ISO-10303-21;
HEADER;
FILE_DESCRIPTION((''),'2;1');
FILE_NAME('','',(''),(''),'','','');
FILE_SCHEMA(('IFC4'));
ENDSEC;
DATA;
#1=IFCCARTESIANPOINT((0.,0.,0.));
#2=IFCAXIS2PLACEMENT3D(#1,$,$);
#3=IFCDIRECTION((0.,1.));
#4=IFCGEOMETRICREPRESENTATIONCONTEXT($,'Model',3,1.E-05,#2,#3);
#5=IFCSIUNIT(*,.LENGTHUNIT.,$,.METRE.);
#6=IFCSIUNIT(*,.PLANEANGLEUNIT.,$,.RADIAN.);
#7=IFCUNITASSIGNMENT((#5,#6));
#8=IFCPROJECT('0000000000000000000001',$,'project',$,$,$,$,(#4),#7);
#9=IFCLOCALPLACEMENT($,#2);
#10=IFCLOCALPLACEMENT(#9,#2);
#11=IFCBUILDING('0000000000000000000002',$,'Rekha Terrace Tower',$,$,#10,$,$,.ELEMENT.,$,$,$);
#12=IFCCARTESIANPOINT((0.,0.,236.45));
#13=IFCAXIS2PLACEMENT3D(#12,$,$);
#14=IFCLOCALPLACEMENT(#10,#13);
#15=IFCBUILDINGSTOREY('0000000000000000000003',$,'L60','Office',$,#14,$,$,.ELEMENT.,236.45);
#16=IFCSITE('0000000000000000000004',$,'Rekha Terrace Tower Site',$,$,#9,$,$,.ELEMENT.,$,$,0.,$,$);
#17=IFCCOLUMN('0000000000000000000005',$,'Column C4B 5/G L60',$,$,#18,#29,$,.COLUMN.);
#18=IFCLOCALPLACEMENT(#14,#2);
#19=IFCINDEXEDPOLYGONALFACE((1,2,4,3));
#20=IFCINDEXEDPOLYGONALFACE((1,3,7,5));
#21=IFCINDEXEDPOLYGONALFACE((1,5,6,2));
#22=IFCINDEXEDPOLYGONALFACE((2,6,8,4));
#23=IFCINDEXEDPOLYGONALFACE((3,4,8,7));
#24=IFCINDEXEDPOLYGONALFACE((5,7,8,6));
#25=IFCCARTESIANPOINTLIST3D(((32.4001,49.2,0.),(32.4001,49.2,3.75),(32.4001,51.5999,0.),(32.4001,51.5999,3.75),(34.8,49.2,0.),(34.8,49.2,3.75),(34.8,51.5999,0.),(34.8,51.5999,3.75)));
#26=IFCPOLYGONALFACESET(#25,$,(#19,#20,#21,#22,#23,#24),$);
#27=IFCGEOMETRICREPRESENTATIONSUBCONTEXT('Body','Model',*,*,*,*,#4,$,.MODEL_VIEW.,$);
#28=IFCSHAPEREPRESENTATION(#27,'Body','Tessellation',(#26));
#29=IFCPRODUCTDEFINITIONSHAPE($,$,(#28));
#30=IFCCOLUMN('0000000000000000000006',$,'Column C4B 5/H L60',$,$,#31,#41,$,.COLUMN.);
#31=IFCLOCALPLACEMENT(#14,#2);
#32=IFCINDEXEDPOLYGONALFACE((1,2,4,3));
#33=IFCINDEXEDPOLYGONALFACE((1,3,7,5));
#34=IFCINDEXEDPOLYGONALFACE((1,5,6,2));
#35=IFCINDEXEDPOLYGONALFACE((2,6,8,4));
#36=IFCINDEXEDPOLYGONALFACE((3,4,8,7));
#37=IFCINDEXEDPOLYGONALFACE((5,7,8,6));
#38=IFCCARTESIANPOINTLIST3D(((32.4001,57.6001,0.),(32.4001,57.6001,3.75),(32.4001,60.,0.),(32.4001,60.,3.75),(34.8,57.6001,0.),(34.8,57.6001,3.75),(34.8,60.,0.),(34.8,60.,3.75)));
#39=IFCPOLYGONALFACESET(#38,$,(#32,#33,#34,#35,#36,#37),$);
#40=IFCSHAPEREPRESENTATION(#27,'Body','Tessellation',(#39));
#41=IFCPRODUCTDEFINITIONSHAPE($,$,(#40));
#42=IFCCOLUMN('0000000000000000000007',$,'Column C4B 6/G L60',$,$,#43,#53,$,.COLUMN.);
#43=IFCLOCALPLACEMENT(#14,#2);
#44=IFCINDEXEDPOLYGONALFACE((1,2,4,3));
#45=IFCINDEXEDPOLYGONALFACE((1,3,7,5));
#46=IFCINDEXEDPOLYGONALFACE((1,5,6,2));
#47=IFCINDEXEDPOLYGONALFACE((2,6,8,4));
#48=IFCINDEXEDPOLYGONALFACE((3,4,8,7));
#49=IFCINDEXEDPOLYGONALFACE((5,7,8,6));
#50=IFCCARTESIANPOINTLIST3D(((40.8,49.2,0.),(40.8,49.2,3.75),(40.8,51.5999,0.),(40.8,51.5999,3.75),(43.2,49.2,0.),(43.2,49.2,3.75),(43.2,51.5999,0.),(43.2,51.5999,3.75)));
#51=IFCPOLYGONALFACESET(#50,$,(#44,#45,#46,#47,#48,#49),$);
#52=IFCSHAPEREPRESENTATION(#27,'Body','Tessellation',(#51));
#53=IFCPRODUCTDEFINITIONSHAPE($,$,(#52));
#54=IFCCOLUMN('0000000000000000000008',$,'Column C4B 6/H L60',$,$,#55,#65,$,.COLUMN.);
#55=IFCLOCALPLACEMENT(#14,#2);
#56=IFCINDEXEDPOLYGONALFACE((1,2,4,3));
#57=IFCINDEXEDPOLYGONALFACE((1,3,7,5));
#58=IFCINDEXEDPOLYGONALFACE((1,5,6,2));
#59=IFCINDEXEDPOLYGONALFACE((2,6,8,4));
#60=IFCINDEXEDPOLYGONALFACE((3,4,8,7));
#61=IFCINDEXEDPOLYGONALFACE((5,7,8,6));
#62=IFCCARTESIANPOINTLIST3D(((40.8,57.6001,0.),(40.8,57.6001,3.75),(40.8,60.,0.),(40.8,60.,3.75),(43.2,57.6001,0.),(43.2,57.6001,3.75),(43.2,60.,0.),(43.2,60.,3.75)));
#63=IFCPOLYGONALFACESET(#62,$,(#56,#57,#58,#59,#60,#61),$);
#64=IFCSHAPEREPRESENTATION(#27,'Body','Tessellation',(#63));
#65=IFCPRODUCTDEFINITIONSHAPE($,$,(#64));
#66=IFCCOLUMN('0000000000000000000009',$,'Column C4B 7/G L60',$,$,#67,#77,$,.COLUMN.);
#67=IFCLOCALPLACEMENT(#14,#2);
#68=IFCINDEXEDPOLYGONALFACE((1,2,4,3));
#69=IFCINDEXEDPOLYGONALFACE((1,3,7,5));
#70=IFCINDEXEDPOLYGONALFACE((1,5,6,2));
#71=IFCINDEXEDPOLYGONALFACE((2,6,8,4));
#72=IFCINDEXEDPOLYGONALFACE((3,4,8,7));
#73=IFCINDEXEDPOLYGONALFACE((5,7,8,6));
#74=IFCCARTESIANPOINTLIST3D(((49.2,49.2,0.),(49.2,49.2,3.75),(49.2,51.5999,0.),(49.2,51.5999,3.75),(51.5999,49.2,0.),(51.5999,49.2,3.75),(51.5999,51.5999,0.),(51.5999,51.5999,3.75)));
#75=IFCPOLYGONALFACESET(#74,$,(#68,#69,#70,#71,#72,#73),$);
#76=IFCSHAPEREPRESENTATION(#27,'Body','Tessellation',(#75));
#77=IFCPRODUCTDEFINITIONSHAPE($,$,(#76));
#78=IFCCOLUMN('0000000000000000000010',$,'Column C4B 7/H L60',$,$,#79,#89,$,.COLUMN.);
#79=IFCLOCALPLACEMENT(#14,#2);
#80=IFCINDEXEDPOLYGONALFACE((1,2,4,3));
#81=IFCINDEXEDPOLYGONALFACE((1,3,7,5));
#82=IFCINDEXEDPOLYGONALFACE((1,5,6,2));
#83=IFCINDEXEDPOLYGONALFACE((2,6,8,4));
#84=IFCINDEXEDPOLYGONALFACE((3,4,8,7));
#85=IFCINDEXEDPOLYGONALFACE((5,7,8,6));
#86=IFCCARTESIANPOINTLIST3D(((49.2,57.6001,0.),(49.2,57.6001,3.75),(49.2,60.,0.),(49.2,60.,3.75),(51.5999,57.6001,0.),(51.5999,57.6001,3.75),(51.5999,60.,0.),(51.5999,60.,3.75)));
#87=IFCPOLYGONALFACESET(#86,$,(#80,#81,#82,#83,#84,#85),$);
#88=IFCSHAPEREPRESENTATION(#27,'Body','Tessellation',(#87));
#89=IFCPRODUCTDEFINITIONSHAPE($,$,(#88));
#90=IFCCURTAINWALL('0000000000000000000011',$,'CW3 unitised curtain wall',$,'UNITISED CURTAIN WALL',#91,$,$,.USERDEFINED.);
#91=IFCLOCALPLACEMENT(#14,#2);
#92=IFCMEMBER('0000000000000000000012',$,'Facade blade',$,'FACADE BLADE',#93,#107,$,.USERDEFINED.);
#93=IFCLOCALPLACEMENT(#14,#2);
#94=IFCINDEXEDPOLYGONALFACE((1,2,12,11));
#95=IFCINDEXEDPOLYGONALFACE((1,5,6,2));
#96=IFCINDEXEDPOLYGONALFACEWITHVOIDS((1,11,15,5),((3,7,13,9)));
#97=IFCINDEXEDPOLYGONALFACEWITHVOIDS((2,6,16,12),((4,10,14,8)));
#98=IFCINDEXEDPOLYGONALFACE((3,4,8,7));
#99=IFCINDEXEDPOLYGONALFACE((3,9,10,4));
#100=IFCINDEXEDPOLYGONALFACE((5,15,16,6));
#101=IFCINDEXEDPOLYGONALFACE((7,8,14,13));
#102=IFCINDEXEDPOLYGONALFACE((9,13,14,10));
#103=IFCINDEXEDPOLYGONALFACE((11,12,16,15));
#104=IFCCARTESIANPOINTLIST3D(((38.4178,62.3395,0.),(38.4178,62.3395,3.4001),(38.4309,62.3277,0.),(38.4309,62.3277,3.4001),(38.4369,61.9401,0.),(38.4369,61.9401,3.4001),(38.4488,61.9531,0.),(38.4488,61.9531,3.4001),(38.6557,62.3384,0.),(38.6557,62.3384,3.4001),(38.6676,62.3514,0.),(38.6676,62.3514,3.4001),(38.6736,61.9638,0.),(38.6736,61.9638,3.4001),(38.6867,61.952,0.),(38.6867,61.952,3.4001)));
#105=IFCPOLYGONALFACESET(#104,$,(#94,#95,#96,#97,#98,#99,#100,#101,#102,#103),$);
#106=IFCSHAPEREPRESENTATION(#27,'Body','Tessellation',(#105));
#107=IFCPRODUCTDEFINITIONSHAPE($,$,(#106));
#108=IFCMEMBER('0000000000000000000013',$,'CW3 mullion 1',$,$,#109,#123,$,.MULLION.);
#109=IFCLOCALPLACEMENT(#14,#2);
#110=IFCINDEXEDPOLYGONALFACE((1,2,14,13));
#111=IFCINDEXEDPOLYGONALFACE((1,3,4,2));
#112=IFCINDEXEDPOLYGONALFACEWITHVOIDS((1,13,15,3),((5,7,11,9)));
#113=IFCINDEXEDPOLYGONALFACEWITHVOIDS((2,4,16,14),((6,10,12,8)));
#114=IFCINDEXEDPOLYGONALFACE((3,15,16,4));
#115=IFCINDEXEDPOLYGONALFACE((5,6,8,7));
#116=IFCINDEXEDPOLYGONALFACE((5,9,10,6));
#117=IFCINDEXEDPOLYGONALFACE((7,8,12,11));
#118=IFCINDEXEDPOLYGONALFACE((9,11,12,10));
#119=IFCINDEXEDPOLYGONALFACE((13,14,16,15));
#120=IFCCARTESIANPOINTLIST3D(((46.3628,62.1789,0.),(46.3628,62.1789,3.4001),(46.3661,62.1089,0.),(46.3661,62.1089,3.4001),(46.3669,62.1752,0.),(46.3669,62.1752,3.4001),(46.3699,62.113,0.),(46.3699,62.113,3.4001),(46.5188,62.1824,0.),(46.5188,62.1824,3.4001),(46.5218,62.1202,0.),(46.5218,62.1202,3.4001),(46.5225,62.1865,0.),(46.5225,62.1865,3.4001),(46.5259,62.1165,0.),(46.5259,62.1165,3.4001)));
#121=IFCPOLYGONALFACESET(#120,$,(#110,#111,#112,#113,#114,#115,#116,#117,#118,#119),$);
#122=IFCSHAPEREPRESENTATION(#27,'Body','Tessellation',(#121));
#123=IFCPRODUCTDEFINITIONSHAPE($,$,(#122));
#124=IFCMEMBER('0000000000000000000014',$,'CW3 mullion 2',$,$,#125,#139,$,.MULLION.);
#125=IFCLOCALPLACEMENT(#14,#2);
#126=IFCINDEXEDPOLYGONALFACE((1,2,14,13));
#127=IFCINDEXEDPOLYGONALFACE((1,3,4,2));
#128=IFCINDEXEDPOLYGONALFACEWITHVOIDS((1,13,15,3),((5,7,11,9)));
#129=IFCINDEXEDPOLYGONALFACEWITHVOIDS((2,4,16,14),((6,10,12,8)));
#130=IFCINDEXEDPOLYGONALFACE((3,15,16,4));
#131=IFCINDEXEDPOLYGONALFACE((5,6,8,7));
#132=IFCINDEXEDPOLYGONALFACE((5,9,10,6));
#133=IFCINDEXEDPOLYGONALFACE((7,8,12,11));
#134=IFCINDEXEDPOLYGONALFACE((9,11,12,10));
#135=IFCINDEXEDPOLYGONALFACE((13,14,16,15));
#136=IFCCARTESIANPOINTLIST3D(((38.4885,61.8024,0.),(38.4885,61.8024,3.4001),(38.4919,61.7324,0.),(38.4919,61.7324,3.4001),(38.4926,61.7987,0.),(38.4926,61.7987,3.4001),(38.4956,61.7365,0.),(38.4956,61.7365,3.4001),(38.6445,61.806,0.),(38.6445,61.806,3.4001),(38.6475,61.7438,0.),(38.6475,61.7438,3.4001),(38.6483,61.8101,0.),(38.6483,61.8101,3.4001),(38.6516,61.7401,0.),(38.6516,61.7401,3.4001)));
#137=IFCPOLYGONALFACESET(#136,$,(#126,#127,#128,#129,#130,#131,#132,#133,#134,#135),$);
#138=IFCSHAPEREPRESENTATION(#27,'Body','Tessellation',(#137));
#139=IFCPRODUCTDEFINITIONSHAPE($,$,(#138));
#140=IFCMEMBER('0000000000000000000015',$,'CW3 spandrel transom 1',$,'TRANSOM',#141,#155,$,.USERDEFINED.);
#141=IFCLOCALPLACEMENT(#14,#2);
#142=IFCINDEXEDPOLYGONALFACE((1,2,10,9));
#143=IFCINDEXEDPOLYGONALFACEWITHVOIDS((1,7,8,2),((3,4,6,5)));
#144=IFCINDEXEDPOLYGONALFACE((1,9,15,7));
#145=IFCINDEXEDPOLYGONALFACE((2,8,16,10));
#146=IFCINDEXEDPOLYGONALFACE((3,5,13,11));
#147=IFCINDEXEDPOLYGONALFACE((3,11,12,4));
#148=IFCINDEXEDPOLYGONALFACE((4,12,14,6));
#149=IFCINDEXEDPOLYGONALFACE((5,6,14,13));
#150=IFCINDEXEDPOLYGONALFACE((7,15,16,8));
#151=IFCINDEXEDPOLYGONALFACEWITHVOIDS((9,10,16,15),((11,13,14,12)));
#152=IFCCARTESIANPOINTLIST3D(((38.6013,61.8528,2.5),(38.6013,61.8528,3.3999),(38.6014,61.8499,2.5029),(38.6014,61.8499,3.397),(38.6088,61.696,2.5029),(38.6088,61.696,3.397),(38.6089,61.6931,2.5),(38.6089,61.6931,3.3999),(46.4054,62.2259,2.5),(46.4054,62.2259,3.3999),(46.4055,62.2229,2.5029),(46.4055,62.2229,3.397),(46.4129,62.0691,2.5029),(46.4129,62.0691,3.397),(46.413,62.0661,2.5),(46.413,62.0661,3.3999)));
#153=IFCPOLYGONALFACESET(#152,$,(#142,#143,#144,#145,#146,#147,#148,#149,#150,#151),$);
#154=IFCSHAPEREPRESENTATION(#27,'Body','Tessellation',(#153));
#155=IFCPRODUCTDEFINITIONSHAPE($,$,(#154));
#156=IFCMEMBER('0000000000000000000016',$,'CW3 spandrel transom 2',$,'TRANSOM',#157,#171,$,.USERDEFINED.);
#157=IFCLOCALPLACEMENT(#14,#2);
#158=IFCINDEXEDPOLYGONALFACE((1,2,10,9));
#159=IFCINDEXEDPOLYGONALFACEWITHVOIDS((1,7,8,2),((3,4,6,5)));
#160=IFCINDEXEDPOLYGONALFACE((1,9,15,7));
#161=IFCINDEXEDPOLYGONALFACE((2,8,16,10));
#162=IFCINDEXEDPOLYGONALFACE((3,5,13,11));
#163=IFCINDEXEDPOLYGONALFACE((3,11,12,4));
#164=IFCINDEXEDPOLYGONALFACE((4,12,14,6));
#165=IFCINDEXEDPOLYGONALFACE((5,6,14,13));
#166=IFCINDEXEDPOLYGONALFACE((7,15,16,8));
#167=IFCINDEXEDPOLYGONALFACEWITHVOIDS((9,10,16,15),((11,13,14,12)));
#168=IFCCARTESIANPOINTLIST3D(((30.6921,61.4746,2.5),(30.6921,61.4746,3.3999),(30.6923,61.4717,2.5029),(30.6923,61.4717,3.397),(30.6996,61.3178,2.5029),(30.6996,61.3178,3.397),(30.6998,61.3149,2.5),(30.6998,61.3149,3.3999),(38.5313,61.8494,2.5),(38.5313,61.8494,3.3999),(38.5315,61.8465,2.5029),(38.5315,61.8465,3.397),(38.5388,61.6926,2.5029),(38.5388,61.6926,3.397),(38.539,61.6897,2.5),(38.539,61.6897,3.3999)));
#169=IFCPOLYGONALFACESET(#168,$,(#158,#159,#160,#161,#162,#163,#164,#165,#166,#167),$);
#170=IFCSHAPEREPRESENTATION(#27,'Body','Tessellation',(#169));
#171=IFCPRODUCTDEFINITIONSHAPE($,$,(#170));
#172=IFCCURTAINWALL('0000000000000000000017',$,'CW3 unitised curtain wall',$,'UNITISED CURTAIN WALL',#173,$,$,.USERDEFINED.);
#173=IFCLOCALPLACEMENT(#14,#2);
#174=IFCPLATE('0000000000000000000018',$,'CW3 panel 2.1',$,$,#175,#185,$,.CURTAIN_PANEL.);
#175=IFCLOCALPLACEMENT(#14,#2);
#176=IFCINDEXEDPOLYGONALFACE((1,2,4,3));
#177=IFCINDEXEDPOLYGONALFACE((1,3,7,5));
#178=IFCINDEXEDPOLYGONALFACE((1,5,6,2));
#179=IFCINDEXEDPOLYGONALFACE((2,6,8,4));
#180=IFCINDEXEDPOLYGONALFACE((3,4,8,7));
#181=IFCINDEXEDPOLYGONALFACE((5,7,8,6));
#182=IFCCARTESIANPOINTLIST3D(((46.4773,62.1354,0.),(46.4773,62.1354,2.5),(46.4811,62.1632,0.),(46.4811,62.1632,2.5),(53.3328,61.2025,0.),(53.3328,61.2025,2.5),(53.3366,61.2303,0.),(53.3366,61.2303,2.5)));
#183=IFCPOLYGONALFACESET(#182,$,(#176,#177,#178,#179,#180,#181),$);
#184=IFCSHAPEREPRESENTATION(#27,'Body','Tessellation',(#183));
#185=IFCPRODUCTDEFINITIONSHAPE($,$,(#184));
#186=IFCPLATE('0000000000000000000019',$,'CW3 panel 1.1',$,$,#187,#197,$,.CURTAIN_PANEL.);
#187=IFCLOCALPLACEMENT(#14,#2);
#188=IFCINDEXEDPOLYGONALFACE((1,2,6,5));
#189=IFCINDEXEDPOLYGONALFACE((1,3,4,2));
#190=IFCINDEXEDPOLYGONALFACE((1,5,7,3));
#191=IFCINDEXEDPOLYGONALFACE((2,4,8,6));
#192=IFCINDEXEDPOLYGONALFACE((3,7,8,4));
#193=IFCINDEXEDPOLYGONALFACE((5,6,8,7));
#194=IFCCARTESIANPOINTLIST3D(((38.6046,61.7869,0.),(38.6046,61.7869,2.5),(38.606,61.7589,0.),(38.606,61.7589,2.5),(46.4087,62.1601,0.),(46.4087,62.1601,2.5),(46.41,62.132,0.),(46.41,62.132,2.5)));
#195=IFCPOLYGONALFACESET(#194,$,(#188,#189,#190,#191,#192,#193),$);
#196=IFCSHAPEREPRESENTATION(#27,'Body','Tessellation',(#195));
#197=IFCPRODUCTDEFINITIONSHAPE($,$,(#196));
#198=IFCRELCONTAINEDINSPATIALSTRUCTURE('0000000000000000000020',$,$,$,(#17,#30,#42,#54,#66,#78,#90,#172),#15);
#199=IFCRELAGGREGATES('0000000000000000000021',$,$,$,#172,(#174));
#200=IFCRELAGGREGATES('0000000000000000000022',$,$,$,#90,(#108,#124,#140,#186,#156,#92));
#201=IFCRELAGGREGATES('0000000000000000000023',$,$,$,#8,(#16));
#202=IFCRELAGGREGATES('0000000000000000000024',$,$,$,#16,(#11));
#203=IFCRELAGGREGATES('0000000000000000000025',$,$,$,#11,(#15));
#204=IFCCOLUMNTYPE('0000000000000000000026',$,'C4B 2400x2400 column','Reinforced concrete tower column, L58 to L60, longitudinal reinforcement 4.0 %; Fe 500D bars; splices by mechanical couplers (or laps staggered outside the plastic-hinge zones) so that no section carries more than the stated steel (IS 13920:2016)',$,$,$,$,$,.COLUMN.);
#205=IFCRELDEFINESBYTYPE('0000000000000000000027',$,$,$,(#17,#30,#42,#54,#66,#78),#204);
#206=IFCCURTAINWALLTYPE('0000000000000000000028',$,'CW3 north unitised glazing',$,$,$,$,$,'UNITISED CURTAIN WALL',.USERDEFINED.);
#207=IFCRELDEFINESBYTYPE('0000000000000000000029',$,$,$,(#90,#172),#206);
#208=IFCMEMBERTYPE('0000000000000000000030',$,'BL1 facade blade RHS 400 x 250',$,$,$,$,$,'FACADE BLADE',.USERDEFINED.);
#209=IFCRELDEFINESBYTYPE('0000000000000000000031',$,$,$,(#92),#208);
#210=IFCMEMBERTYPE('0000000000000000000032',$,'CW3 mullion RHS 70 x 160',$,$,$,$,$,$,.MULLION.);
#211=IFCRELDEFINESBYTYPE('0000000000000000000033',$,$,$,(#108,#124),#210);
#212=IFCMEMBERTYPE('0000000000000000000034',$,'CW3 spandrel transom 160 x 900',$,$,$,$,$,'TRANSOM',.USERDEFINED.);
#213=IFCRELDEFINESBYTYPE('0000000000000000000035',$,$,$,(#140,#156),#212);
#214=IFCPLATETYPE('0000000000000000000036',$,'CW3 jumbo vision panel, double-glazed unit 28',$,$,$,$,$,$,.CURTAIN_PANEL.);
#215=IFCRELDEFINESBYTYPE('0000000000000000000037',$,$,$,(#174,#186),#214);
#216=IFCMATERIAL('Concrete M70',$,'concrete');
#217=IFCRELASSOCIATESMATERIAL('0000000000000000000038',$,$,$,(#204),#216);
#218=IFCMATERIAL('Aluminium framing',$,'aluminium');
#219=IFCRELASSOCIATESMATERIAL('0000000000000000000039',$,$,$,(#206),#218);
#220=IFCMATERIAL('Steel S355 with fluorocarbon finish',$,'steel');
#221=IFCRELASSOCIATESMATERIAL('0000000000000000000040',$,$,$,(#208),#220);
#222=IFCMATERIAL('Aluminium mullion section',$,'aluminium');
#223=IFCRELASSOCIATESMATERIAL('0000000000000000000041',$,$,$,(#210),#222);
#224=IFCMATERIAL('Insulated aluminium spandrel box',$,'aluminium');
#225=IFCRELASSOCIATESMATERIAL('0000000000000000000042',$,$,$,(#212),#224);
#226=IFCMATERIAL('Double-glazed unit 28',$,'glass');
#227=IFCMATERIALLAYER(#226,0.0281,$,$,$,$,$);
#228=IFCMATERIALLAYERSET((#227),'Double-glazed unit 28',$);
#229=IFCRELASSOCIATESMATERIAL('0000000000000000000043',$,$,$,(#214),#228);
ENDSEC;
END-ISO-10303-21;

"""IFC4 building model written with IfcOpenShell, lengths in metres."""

from ifc_helpers import new_model, si_unit, direction, frame, origin, origin_2d, place, context, subcontext, project, spatial, rectangle, hollow_rectangle, extrude, material, layer, layer_set, material_profile, profile_set, type_object, element, aggregate, save


model = new_model("IFC4")

# Units and contexts
model_context = context("Model", 3, precision=1e-05, world=origin(), true_north=direction((0.0, 1.0)))
body_context = subcontext(model_context, "Body", "Model", "MODEL_VIEW")
ifc_project = project(units=[si_unit("LENGTHUNIT", "METRE"), si_unit("PLANEANGLEUNIT", "RADIAN")], contexts=[model_context])

# Site, building, storey
site_placement = place(None, origin())
site = spatial("IfcSite", under=ifc_project, at=site_placement, Name="Rekha Terrace Tower Site", CompositionType="ELEMENT", RefElevation=0.0)
building_placement = place(site_placement, origin())
building = spatial("IfcBuilding", under=site, at=building_placement, Name="Rekha Terrace Tower", CompositionType="ELEMENT")
storey_placement = place(building_placement, frame((0.0, 0.0, 236.45)))
storey = spatial("IfcBuildingStorey", under=building, at=storey_placement, Name="L60", Description="Office", CompositionType="ELEMENT", Elevation=236.45)

# Columns
ifc_material_1 = material(Name="Concrete M70", Category="concrete")
ifc_material_profile_1 = material_profile(ifc_material_1, rectangle(XDim=2.3999, YDim=2.3999, at=origin_2d()), Name="RC 2400x2400")
ifc_profile_set_1 = profile_set([ifc_material_profile_1], Name="Concrete M70")
column_type = type_object("IfcColumnType", Name="C4B 2400x2400 column", Description="Reinforced concrete tower column, L58 to L60, longitudinal reinforcement 4.0 %; Fe 500D bars; splices by mechanical couplers (or laps staggered outside the plastic-hinge zones) so that no section carries more than the stated steel (IS 13920:2016)", PredefinedType="COLUMN", material=ifc_profile_set_1)
for number, where, z_axis, x_axis, name in (
    (1, (33.6001, 50.3999, 0.0), (0.0, 0.0, 1.0), (1.0, 0.0, 0.0), "Column C4B 5/G L60"),
    (2, (33.6001, 58.8, 0.0), (0.0, 0.0, 1.0), (1.0, 0.0, 0.0), "Column C4B 5/H L60"),
    (3, (42.0, 50.3999, 0.0), (0.0, 0.0, 1.0), (1.0, 0.0, 0.0), "Column C4B 6/G L60"),
    (4, (42.0, 58.8, 0.0), (0.0, 0.0, 1.0), (1.0, 0.0, 0.0), "Column C4B 6/H L60"),
    (5, (50.3999, 50.3999, 0.0), (0.0, 0.0, 1.0), (1.0, 0.0, 0.0), "Column C4B 7/G L60"),
    (6, (50.3999, 58.8, 0.0), (0.0, 0.0, 1.0), (1.0, 0.0, 0.0), "Column C4B 7/H L60"),
):
    element("IfcColumn", number, at=place(storey_placement, frame(where, z_axis=z_axis, x_axis=x_axis)), inside=storey, type_object=column_type, Name=name, PredefinedType="COLUMN", context=body_context, shape_type="SweptSolid", body=[
        extrude(rectangle(XDim=2.3999, YDim=2.3999, at=origin_2d()), origin(), (0.0, 0.0, 1.0), 3.75),
    ])

# Curtain wall, members
ifc_material_2 = material(Name="Aluminium framing", Category="aluminium")
curtain_wall_type = type_object("IfcCurtainWallType", Name="CW3 north unitised glazing", ElementType="UNITISED CURTAIN WALL", PredefinedType="USERDEFINED", material=ifc_material_2)
curtain_wall_1_placement = place(storey_placement, origin())
curtain_wall_1 = element("IfcCurtainWall", 7, at=curtain_wall_1_placement, inside=storey, type_object=curtain_wall_type, Name="CW3 unitised curtain wall", ObjectType="UNITISED CURTAIN WALL", PredefinedType="USERDEFINED")
ifc_material_3 = material(Name="Steel S355 with fluorocarbon finish", Category="steel")
ifc_material_profile_2 = material_profile(ifc_material_3, hollow_rectangle(XDim=0.25, YDim=0.3999, WallThickness=0.0125, at=origin_2d()), Name="RHS400x250x12.5")
ifc_profile_set_2 = profile_set([ifc_material_profile_2], Name="Steel S355 with fluorocarbon finish")
member_type_1 = type_object("IfcMemberType", Name="BL1 facade blade RHS 400 x 250", ElementType="FACADE BLADE", PredefinedType="USERDEFINED", material=ifc_profile_set_2)
member_1_placement = place(storey_placement, frame((38.5522, 62.1458, 0.0), z_axis=(0.0, 0.0, 1.0), x_axis=(-0.998859, -0.047758, 0.0)))
member_1 = element("IfcMember", 8, at=member_1_placement, type_object=member_type_1, Name="Facade blade", ObjectType="FACADE BLADE", PredefinedType="USERDEFINED", context=body_context, shape_type="SweptSolid", body=[
    extrude(hollow_rectangle(XDim=0.25, YDim=0.3999, WallThickness=0.0125, at=origin_2d()), origin(), (0.0, 0.0, 1.0), 3.4001),
])
ifc_material_4 = material(Name="Aluminium mullion section", Category="aluminium")
ifc_material_profile_3 = material_profile(ifc_material_4, hollow_rectangle(XDim=0.0701, YDim=0.1599, WallThickness=0.0039, at=origin_2d()), Name="AL RHS 70x160")
ifc_profile_set_3 = profile_set([ifc_material_profile_3], Name="Aluminium mullion section")
member_type_2 = type_object("IfcMemberType", Name="CW3 mullion RHS 70 x 160", PredefinedType="MULLION", material=ifc_profile_set_3)
member_2_placement = place(storey_placement, frame((46.4443, 62.1477, 0.0), z_axis=(0.0, 0.0, 1.0), x_axis=(0.047759, -0.998859, 0.0)))
member_2 = element("IfcMember", 9, at=member_2_placement, type_object=member_type_2, Name="CW3 mullion 1", PredefinedType="MULLION", context=body_context, shape_type="SweptSolid", body=[
    extrude(hollow_rectangle(XDim=0.0701, YDim=0.1599, WallThickness=0.0039, at=origin_2d()), origin(), (0.0, 0.0, 1.0), 3.4001),
])
member_3_placement = place(storey_placement, frame((38.5701, 61.7712, 0.0), z_axis=(0.0, 0.0, 1.0), x_axis=(0.047759, -0.998859, 0.0)))
member_3 = element("IfcMember", 10, at=member_3_placement, type_object=member_type_2, Name="CW3 mullion 2", PredefinedType="MULLION", context=body_context, shape_type="SweptSolid", body=[
    extrude(hollow_rectangle(XDim=0.0701, YDim=0.1599, WallThickness=0.0039, at=origin_2d()), origin(), (0.0, 0.0, 1.0), 3.4001),
])
ifc_material_5 = material(Name="Insulated aluminium spandrel box", Category="aluminium")
ifc_material_profile_4 = material_profile(ifc_material_5, hollow_rectangle(XDim=0.1599, YDim=0.8999, WallThickness=0.0029, at=origin_2d()), Name="AL SPANDREL BOX 160x900")
ifc_profile_set_4 = profile_set([ifc_material_profile_4], Name="Insulated aluminium spandrel box")
member_type_3 = type_object("IfcMemberType", Name="CW3 spandrel transom 160 x 900", ElementType="TRANSOM", PredefinedType="USERDEFINED", material=ifc_profile_set_4)
member_4_placement = place(storey_placement, frame((46.4092, 62.146, 2.95), z_axis=(-0.998859, -0.047748, 0.0), x_axis=(0.047748, -0.998859, 0.0)))
member_4 = element("IfcMember", 11, at=member_4_placement, type_object=member_type_3, Name="CW3 spandrel transom 1", ObjectType="TRANSOM", PredefinedType="USERDEFINED", context=body_context, shape_type="SweptSolid", body=[
    extrude(hollow_rectangle(XDim=0.1599, YDim=0.8999, WallThickness=0.0029, at=origin_2d()), origin(), (0.0, 0.0, 1.0), 7.813),
])
member_5_placement = place(storey_placement, frame((38.5352, 61.7695, 2.95), z_axis=(-0.998859, -0.047751, 0.0), x_axis=(0.047751, -0.998859, 0.0)))
member_5 = element("IfcMember", 12, at=member_5_placement, type_object=member_type_3, Name="CW3 spandrel transom 2", ObjectType="TRANSOM", PredefinedType="USERDEFINED", context=body_context, shape_type="SweptSolid", body=[
    extrude(hollow_rectangle(XDim=0.1599, YDim=0.8999, WallThickness=0.0029, at=origin_2d()), origin(), (0.0, 0.0, 1.0), 7.8481),
])

# Curtain wall, plate
curtain_wall_2_placement = place(storey_placement, origin())
curtain_wall_2 = element("IfcCurtainWall", 13, at=curtain_wall_2_placement, inside=storey, type_object=curtain_wall_type, Name="CW3 unitised curtain wall", ObjectType="UNITISED CURTAIN WALL", PredefinedType="USERDEFINED")
ifc_material_6 = material(Name="Double-glazed unit 28", Category="glass")
ifc_layer_1 = layer(ifc_material_6, 0.0281)
ifc_layer_set_1 = layer_set([ifc_layer_1], Name="Double-glazed unit 28")
plate_type = type_object("IfcPlateType", Name="CW3 jumbo vision panel, double-glazed unit 28", PredefinedType="CURTAIN_PANEL", material=ifc_layer_set_1)
plate_1_placement = place(storey_placement, frame((49.907, 61.6829, 0.0), z_axis=(0.0, 0.0, 1.0), x_axis=(-0.990867, 0.134841, 0.0)))
plate_1 = element("IfcPlate", 14, at=plate_1_placement, type_object=plate_type, Name="CW3 panel 2.1", PredefinedType="CURTAIN_PANEL", context=body_context, shape_type="SweptSolid", body=[
    extrude(rectangle(XDim=6.9187, YDim=0.0281, at=origin_2d()), origin(), (0.0, 0.0, 1.0), 2.5),
])
aggregate(curtain_wall_2, [plate_1])

# Plate
plate_2_placement = place(storey_placement, frame((42.5073, 61.9595, 0.0), z_axis=(0.0, 0.0, 1.0), x_axis=(-0.998859, -0.047759, 0.0)))
plate_2 = element("IfcPlate", 15, at=plate_2_placement, type_object=plate_type, Name="CW3 panel 1.1", PredefinedType="CURTAIN_PANEL", context=body_context, shape_type="SweptSolid", body=[
    extrude(rectangle(XDim=7.813, YDim=0.0281, at=origin_2d()), origin(), (0.0, 0.0, 1.0), 2.5),
])
aggregate(curtain_wall_1, [member_2, member_3, member_4, plate_2, member_5, member_1])

save(model, "model.ifc")
